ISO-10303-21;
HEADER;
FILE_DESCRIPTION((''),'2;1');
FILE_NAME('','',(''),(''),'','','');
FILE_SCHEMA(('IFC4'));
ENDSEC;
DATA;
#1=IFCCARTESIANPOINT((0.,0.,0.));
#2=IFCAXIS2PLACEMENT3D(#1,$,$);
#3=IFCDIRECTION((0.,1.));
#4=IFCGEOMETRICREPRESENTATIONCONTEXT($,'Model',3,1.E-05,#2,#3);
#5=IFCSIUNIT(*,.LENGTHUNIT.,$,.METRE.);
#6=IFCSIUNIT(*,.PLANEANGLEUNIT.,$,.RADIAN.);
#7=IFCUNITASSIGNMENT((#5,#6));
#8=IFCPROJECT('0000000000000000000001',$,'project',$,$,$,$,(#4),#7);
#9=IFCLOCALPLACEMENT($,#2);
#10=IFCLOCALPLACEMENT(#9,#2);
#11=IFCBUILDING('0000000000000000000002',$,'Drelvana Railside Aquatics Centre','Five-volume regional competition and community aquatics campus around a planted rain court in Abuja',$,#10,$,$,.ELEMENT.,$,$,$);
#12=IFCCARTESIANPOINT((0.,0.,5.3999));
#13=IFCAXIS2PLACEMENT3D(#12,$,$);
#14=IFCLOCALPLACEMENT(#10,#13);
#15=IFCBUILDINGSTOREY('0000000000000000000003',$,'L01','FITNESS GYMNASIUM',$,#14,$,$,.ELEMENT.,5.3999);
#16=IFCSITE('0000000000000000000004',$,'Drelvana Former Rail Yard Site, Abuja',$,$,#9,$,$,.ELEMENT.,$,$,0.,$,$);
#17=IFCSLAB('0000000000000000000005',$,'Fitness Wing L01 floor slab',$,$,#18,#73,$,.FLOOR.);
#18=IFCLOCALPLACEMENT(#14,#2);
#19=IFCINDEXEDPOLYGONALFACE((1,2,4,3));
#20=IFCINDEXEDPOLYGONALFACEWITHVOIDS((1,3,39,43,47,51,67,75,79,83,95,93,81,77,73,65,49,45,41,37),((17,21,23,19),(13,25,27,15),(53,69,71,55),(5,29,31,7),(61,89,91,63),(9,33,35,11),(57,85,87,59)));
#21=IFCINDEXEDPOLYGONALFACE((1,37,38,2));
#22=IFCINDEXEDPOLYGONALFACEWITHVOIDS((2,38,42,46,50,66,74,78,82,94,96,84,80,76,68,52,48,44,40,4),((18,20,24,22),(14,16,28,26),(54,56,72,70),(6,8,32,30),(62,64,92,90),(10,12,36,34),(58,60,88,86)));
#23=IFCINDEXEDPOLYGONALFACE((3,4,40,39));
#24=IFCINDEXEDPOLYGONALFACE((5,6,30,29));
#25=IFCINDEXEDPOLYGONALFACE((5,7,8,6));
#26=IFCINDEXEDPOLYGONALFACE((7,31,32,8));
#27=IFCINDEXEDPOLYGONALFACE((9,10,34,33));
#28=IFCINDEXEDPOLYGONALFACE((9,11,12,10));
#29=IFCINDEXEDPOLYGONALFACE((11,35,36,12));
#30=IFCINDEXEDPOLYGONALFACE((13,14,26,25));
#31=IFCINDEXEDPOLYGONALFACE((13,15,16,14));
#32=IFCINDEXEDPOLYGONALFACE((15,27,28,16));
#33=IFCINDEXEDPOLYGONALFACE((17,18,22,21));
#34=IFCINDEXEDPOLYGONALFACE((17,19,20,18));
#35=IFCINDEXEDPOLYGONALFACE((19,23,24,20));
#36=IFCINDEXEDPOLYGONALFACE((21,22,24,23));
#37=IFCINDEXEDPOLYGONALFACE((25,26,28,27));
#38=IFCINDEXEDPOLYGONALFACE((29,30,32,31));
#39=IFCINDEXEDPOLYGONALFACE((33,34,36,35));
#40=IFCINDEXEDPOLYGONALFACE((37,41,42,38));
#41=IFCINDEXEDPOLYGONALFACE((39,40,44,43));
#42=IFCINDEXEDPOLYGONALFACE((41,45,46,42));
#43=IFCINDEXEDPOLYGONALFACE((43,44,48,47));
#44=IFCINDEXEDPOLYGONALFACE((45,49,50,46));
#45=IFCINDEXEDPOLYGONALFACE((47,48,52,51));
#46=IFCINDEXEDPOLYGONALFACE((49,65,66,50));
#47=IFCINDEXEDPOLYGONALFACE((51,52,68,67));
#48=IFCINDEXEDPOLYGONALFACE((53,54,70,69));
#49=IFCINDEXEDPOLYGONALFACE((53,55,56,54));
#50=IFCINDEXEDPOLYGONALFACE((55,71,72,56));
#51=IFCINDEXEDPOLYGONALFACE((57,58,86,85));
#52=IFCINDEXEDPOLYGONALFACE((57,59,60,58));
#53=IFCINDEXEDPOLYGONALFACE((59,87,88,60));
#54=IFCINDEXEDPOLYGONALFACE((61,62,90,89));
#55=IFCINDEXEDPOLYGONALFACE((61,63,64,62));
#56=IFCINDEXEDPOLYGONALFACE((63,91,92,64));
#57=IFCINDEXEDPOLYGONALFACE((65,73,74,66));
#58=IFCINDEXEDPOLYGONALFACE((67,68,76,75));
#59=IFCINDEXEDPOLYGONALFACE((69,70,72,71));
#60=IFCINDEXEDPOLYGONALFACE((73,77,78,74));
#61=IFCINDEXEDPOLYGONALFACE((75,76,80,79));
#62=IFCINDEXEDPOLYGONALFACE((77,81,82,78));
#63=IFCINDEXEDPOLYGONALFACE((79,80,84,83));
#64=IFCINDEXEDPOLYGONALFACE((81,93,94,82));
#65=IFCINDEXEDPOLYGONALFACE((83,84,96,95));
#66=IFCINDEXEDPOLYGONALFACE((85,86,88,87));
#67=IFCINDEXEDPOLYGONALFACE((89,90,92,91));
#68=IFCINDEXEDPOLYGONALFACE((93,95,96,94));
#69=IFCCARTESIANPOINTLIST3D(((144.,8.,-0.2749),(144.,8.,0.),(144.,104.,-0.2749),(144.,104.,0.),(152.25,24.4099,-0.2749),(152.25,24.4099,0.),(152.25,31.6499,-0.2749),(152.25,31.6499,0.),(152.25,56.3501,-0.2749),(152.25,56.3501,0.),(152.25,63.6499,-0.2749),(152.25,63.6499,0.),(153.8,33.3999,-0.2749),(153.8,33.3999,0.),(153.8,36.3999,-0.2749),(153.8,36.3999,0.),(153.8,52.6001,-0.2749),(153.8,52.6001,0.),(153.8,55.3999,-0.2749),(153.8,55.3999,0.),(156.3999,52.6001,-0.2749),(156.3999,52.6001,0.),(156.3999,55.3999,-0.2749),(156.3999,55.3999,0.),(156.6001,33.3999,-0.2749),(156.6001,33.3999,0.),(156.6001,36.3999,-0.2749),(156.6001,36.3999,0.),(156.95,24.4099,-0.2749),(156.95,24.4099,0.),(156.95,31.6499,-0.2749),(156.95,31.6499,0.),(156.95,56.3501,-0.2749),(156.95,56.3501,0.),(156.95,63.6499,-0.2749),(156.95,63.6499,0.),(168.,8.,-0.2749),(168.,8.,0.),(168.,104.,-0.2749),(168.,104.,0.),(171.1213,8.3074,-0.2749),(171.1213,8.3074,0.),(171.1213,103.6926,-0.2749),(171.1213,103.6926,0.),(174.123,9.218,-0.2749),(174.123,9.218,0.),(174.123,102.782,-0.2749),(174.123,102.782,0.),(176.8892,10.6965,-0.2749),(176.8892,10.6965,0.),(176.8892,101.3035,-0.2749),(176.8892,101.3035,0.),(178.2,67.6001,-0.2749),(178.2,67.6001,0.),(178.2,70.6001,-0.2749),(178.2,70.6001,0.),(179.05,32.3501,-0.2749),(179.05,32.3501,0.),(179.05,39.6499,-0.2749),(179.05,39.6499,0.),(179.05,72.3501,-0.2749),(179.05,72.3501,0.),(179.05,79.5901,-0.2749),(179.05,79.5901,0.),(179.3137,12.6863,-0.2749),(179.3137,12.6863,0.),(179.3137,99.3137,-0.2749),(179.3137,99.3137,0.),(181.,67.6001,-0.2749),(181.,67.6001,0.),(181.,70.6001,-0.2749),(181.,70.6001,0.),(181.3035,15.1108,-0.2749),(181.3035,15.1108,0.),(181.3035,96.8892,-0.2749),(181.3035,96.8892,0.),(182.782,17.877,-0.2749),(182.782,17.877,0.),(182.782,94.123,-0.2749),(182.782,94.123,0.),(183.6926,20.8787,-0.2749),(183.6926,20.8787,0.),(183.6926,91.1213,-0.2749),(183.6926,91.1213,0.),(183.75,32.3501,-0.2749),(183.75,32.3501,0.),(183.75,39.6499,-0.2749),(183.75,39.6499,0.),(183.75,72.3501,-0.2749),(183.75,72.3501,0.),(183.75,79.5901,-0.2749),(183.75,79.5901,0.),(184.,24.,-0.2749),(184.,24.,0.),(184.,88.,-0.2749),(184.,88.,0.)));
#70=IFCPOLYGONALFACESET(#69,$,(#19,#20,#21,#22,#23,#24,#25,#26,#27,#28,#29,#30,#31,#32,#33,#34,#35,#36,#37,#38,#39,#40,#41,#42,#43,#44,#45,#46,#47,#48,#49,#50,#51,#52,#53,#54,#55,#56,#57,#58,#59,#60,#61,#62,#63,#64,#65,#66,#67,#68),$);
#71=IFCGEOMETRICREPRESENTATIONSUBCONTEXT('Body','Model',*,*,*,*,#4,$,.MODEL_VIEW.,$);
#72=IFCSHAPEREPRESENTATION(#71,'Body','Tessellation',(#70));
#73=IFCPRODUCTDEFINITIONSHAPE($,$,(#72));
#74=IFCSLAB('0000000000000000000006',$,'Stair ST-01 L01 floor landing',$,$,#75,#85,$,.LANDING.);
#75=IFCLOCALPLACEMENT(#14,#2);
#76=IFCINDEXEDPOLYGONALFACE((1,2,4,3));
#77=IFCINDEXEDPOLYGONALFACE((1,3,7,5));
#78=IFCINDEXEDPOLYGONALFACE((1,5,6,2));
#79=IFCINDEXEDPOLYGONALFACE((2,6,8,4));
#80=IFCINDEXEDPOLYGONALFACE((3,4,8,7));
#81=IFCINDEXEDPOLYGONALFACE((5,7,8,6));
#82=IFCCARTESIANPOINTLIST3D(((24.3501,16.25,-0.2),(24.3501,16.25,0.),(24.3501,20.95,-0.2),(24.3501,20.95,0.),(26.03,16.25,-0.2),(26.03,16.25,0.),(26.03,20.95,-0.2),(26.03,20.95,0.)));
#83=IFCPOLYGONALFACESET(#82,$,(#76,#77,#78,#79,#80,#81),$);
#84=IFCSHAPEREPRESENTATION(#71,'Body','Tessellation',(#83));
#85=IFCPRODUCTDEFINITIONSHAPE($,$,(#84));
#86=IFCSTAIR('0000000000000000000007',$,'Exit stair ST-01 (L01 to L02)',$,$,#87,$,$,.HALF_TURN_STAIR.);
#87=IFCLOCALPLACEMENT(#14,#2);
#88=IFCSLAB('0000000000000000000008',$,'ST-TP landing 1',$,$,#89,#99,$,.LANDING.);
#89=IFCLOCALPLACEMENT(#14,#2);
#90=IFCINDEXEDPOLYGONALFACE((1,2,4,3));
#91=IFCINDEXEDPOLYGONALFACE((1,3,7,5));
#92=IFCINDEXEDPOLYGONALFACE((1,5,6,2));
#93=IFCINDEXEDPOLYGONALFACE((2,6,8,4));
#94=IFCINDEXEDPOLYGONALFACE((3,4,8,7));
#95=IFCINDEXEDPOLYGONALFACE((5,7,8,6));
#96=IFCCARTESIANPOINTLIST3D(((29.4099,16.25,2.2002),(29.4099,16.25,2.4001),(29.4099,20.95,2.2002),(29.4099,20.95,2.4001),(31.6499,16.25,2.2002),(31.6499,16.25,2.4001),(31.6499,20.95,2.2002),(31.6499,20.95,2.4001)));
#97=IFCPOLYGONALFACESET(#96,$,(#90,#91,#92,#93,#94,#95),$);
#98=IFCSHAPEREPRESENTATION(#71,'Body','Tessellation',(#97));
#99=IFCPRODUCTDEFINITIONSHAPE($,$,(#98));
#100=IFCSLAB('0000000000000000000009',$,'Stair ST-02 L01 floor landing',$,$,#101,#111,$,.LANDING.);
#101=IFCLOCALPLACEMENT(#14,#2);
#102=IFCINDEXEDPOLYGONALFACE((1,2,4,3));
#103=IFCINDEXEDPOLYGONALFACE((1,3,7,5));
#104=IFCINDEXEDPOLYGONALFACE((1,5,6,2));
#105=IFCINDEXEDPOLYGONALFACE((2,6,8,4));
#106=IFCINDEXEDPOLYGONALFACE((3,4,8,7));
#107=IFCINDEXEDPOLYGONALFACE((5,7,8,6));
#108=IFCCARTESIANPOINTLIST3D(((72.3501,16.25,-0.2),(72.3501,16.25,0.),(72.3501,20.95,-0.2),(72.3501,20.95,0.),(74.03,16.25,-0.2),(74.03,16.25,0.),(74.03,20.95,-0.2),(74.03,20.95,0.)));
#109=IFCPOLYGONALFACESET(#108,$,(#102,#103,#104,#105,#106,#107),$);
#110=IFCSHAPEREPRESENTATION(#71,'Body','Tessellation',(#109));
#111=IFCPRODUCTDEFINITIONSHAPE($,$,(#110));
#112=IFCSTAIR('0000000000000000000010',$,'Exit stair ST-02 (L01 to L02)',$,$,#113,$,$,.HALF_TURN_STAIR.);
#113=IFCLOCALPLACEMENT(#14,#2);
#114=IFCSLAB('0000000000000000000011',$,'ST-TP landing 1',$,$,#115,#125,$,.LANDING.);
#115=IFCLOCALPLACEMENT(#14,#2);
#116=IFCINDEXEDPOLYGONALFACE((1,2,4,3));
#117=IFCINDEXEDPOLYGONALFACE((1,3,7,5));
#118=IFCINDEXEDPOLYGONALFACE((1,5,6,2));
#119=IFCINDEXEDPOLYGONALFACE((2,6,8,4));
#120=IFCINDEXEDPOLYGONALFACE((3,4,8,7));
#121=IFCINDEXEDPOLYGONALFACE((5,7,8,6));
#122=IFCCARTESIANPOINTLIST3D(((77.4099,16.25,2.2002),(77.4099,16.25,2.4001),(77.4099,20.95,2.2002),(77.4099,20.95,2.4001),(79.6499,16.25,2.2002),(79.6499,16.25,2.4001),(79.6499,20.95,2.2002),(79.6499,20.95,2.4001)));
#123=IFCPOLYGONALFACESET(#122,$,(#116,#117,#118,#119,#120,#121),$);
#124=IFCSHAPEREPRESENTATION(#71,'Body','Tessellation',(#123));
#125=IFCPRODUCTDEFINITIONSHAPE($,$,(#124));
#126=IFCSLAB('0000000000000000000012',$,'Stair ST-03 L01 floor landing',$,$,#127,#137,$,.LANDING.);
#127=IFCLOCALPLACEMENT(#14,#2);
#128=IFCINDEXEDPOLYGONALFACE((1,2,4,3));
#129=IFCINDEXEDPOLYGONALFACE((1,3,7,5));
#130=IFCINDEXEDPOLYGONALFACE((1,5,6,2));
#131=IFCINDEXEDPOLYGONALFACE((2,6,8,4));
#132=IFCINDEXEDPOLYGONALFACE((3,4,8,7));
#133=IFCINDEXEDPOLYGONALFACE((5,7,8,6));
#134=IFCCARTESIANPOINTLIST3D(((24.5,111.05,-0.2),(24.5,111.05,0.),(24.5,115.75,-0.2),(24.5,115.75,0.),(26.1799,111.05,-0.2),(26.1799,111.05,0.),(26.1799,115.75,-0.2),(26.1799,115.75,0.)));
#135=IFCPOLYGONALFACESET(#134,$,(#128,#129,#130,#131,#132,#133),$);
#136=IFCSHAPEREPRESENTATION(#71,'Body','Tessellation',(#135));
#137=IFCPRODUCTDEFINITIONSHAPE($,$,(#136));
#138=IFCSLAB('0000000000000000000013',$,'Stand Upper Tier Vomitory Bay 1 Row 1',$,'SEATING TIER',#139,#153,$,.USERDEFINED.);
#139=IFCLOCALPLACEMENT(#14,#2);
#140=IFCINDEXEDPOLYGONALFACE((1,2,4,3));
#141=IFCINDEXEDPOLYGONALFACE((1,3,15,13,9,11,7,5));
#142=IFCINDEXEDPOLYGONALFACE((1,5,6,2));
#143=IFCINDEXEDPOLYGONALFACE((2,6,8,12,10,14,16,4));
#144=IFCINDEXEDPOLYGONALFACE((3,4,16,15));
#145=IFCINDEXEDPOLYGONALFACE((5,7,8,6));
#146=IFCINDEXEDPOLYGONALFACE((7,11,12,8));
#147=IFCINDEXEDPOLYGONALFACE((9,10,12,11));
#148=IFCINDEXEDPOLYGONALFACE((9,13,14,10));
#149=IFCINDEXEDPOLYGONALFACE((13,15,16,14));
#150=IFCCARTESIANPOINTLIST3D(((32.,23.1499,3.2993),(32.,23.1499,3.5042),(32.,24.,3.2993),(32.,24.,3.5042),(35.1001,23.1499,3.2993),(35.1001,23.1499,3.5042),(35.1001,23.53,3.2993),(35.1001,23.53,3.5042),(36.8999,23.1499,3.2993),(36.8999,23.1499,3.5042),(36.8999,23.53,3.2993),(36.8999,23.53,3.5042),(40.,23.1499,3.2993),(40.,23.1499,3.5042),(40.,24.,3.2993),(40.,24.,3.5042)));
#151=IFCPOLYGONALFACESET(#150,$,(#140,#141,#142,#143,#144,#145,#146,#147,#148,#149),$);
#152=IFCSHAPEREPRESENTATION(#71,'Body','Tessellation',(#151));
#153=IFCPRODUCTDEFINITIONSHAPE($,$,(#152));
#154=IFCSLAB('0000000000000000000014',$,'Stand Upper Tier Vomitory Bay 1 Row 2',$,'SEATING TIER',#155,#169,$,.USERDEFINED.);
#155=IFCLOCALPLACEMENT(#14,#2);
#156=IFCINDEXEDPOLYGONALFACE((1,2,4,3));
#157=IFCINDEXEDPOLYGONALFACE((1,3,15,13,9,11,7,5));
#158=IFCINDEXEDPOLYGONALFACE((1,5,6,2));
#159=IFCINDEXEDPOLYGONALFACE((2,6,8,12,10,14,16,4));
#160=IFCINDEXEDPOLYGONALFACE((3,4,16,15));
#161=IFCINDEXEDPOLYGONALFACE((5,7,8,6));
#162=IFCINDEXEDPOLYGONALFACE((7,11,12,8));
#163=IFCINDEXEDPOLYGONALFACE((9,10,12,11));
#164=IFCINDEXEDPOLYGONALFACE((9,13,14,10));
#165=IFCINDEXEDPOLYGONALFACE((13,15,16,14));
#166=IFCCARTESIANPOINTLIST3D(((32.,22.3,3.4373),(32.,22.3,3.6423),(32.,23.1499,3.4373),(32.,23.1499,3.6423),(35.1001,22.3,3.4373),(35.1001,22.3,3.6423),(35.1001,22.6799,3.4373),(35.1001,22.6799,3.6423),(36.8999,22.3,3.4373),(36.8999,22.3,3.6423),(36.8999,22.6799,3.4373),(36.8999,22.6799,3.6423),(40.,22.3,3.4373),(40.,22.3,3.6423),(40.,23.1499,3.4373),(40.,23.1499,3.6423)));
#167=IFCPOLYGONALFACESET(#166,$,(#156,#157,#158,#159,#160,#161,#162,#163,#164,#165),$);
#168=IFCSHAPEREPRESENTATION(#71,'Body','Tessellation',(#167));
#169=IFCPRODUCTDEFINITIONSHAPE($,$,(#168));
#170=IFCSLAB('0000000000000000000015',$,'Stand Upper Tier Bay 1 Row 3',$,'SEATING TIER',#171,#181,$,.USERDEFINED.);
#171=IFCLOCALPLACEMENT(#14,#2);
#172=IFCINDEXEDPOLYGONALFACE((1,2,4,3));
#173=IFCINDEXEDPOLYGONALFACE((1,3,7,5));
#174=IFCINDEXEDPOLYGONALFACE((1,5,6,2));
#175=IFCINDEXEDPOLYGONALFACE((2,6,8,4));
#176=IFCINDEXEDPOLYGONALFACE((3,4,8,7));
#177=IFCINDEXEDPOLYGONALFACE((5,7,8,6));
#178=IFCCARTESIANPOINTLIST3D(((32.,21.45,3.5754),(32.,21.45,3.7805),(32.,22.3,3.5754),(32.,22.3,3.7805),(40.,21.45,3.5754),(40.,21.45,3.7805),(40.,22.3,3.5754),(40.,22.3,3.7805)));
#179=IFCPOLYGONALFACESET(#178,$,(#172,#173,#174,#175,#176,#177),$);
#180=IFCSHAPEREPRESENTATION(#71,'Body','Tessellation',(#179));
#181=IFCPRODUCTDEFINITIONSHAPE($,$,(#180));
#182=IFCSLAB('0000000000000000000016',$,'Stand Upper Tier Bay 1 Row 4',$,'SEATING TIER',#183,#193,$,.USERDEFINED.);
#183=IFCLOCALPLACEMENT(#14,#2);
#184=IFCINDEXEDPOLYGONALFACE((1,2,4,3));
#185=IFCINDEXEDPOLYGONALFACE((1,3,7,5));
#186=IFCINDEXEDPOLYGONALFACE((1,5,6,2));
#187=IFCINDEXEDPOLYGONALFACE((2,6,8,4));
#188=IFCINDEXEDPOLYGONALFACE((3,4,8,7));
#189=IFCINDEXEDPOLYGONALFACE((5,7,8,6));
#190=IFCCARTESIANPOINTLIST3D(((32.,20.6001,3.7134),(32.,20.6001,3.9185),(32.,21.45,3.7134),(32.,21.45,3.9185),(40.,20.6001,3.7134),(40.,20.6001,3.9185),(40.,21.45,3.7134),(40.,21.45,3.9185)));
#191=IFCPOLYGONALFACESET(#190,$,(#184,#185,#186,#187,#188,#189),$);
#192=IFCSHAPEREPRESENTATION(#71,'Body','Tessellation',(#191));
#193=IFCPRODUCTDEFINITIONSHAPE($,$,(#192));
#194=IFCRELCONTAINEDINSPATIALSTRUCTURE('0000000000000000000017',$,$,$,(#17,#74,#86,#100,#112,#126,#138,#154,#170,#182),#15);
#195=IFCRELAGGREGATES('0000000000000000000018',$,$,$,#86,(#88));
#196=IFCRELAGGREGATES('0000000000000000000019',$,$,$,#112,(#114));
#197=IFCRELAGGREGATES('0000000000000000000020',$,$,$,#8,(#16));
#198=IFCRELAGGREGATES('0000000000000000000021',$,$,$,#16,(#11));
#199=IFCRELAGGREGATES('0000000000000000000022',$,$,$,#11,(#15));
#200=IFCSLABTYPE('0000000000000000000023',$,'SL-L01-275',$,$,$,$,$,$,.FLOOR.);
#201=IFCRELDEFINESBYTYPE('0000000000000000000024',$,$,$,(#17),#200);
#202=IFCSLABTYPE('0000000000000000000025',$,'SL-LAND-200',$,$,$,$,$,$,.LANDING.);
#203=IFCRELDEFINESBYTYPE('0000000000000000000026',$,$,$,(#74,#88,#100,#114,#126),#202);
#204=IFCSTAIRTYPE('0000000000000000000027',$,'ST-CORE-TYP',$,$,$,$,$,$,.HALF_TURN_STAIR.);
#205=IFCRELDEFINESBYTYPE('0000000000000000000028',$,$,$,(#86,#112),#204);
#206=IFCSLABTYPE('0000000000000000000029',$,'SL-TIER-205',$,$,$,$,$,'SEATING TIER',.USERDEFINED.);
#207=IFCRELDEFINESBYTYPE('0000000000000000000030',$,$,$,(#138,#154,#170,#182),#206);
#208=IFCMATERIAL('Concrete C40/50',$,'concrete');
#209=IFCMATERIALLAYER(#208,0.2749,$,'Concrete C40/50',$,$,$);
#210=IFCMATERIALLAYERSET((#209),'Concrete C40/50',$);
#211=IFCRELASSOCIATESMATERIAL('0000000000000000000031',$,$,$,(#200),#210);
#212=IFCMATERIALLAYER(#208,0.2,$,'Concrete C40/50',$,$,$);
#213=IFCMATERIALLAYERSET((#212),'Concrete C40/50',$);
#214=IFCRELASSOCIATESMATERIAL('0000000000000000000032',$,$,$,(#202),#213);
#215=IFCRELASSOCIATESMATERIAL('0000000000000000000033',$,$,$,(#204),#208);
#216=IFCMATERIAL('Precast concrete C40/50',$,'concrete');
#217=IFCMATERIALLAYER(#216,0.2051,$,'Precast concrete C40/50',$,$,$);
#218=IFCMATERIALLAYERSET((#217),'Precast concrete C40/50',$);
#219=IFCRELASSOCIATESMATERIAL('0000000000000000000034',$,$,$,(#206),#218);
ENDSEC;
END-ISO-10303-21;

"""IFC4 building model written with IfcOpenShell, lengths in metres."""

from ifc_helpers import new_model, si_unit, direction, frame, origin, place, context, subcontext, project, spatial, polyline, outline, extrude, material, layer, layer_set, type_object, element, aggregate, save


model = new_model("IFC4")

# Units and contexts
model_context = context("Model", 3, precision=1e-05, world=origin(), true_north=direction((0.0, 1.0)))
body_context = subcontext(model_context, "Body", "Model", "MODEL_VIEW")
ifc_project = project(units=[si_unit("LENGTHUNIT", "METRE"), si_unit("PLANEANGLEUNIT", "RADIAN")], contexts=[model_context])

# Site, building, storey
site_placement = place(None, origin())
site = spatial("IfcSite", under=ifc_project, at=site_placement, Name="Drelvana Former Rail Yard Site, Abuja", CompositionType="ELEMENT", RefElevation=0.0)
building_placement = place(site_placement, origin())
building = spatial("IfcBuilding", under=site, at=building_placement, Name="Drelvana Railside Aquatics Centre", Description="Five-volume regional competition and community aquatics campus around a planted rain court in Abuja", CompositionType="ELEMENT")
storey_placement = place(building_placement, frame((0.0, 0.0, 5.3999)))
storey = spatial("IfcBuildingStorey", under=building, at=storey_placement, Name="L01", Description="FITNESS GYMNASIUM", CompositionType="ELEMENT", Elevation=5.3999)

# Slabs
ifc_material_1 = material(Name="Concrete C40/50", Category="concrete")
ifc_layer_1 = layer(ifc_material_1, 0.2749, Name="Concrete C40/50")
ifc_layer_set_1 = layer_set([ifc_layer_1], Name="Concrete C40/50")
slab_type_1 = type_object("IfcSlabType", Name="SL-L01-275", PredefinedType="FLOOR", material=ifc_layer_set_1)
slab_1_placement = place(storey_placement, frame((0.0, 0.0, -0.2749)))
element("IfcSlab", 1, at=slab_1_placement, inside=storey, type_object=slab_type_1, Name="Fitness Wing L01 floor slab", PredefinedType="FLOOR", context=body_context, shape_type="SweptSolid", body=[
    extrude(outline(polyline([(144.0, 8.0), (168.0, 8.0), (171.1213, 8.3074), (174.123, 9.218), (176.8892, 10.6965), (179.3137, 12.6863), (181.3035, 15.1108), (182.782, 17.877), (183.6926, 20.8787), (184.0, 24.0), (184.0, 88.0), (183.6926, 91.1213), (182.782, 94.123), (181.3035, 96.8892), (179.3137, 99.3137), (176.8892, 101.3035), (174.123, 102.782), (171.1213, 103.6926), (168.0, 104.0), (144.0, 104.0), (144.0, 8.0)]), holes=[polyline([(152.25, 24.4099), (156.95, 24.4099), (156.95, 31.6499), (152.25, 31.6499), (152.25, 24.4099)]), polyline([(153.8, 33.3999), (156.6001, 33.3999), (156.6001, 36.3999), (153.8, 36.3999), (153.8, 33.3999)]), polyline([(179.05, 72.3501), (183.75, 72.3501), (183.75, 79.5901), (179.05, 79.5901), (179.05, 72.3501)]), polyline([(178.2, 67.6001), (181.0, 67.6001), (181.0, 70.6001), (178.2, 70.6001), (178.2, 67.6001)]), polyline([(152.25, 56.3501), (156.95, 56.3501), (156.95, 63.6499), (152.25, 63.6499), (152.25, 56.3501)]), polyline([(153.8, 52.6001), (156.3999, 52.6001), (156.3999, 55.3999), (153.8, 55.3999), (153.8, 52.6001)]), polyline([(179.05, 32.3501), (183.75, 32.3501), (183.75, 39.6499), (179.05, 39.6499), (179.05, 32.3501)])]), origin(), (0.0, 0.0, 1.0), 0.2749),
])
ifc_layer_2 = layer(ifc_material_1, 0.2, Name="Concrete C40/50")
ifc_layer_set_2 = layer_set([ifc_layer_2], Name="Concrete C40/50")
slab_type_2 = type_object("IfcSlabType", Name="SL-LAND-200", PredefinedType="LANDING", material=ifc_layer_set_2)
slab_2_placement = place(storey_placement, frame((0.0, 0.0, -0.2)))
element("IfcSlab", 2, at=slab_2_placement, inside=storey, type_object=slab_type_2, Name="Stair ST-01 L01 floor landing", PredefinedType="LANDING", context=body_context, shape_type="SweptSolid", body=[
    extrude(outline(polyline([(24.3501, 16.25), (26.03, 16.25), (26.03, 20.95), (24.3501, 20.95), (24.3501, 16.25)])), origin(), (0.0, 0.0, 1.0), 0.2),
])

# Stair, slab
stair_type = type_object("IfcStairType", Name="ST-CORE-TYP", PredefinedType="HALF_TURN_STAIR", material=ifc_material_1)
stair_1_placement = place(storey_placement, origin())
stair_1 = element("IfcStair", 3, at=stair_1_placement, inside=storey, type_object=stair_type, Name="Exit stair ST-01 (L01 to L02)", PredefinedType="HALF_TURN_STAIR")
slab_3_placement = place(storey_placement, frame((0.0, 0.0, 2.2002)))
slab_3 = element("IfcSlab", 4, at=slab_3_placement, type_object=slab_type_2, Name="ST-TP landing 1", PredefinedType="LANDING", context=body_context, shape_type="SweptSolid", body=[
    extrude(outline(polyline([(29.4099, 16.25), (31.6499, 16.25), (31.6499, 20.95), (29.4099, 20.95), (29.4099, 16.25)])), origin(), (0.0, 0.0, 1.0), 0.2),
])
aggregate(stair_1, [slab_3])

# Slab
slab_4_placement = place(storey_placement, frame((0.0, 0.0, -0.2)))
element("IfcSlab", 5, at=slab_4_placement, inside=storey, type_object=slab_type_2, Name="Stair ST-02 L01 floor landing", PredefinedType="LANDING", context=body_context, shape_type="SweptSolid", body=[
    extrude(outline(polyline([(72.3501, 16.25), (74.03, 16.25), (74.03, 20.95), (72.3501, 20.95), (72.3501, 16.25)])), origin(), (0.0, 0.0, 1.0), 0.2),
])

# Stair, slab
stair_2_placement = place(storey_placement, origin())
stair_2 = element("IfcStair", 6, at=stair_2_placement, inside=storey, type_object=stair_type, Name="Exit stair ST-02 (L01 to L02)", PredefinedType="HALF_TURN_STAIR")
slab_5_placement = place(storey_placement, frame((0.0, 0.0, 2.2002)))
slab_5 = element("IfcSlab", 7, at=slab_5_placement, type_object=slab_type_2, Name="ST-TP landing 1", PredefinedType="LANDING", context=body_context, shape_type="SweptSolid", body=[
    extrude(outline(polyline([(77.4099, 16.25), (79.6499, 16.25), (79.6499, 20.95), (77.4099, 20.95), (77.4099, 16.25)])), origin(), (0.0, 0.0, 1.0), 0.2),
])
aggregate(stair_2, [slab_5])

# Slabs
slab_6_placement = place(storey_placement, frame((0.0, 0.0, -0.2)))
element("IfcSlab", 8, at=slab_6_placement, inside=storey, type_object=slab_type_2, Name="Stair ST-03 L01 floor landing", PredefinedType="LANDING", context=body_context, shape_type="SweptSolid", body=[
    extrude(outline(polyline([(24.5, 111.05), (26.1799, 111.05), (26.1799, 115.75), (24.5, 115.75), (24.5, 111.05)])), origin(), (0.0, 0.0, 1.0), 0.2),
])
ifc_material_2 = material(Name="Precast concrete C40/50", Category="concrete")
ifc_layer_3 = layer(ifc_material_2, 0.2051, Name="Precast concrete C40/50")
ifc_layer_set_3 = layer_set([ifc_layer_3], Name="Precast concrete C40/50")
slab_type_3 = type_object("IfcSlabType", Name="SL-TIER-205", ElementType="SEATING TIER", PredefinedType="USERDEFINED", material=ifc_layer_set_3)
slab_7_placement = place(storey_placement, frame((0.0, 0.0, 3.2993)))
element("IfcSlab", 9, at=slab_7_placement, inside=storey, type_object=slab_type_3, Name="Stand Upper Tier Vomitory Bay 1 Row 1", ObjectType="SEATING TIER", PredefinedType="USERDEFINED", context=body_context, shape_type="SweptSolid", body=[
    extrude(outline(polyline([(32.0, 23.1499), (35.1001, 23.1499), (35.1001, 23.53), (36.8999, 23.53), (36.8999, 23.1499), (40.0, 23.1499), (40.0, 24.0), (32.0, 24.0), (32.0, 23.1499)])), origin(), (0.0, 0.0, 1.0), 0.2048),
])
slab_8_placement = place(storey_placement, frame((0.0, 0.0, 3.4373)))
element("IfcSlab", 10, at=slab_8_placement, inside=storey, type_object=slab_type_3, Name="Stand Upper Tier Vomitory Bay 1 Row 2", ObjectType="SEATING TIER", PredefinedType="USERDEFINED", context=body_context, shape_type="SweptSolid", body=[
    extrude(outline(polyline([(32.0, 22.3), (35.1001, 22.3), (35.1001, 22.6799), (36.8999, 22.6799), (36.8999, 22.3), (40.0, 22.3), (40.0, 23.1499), (32.0, 23.1499), (32.0, 22.3)])), origin(), (0.0, 0.0, 1.0), 0.2051),
])
slab_9_placement = place(storey_placement, frame((0.0, 0.0, 3.5754)))
element("IfcSlab", 11, at=slab_9_placement, inside=storey, type_object=slab_type_3, Name="Stand Upper Tier Bay 1 Row 3", ObjectType="SEATING TIER", PredefinedType="USERDEFINED", context=body_context, shape_type="SweptSolid", body=[
    extrude(outline(polyline([(32.0, 21.45), (40.0, 21.45), (40.0, 22.3), (32.0, 22.3), (32.0, 21.45)])), origin(), (0.0, 0.0, 1.0), 0.2051),
])
slab_10_placement = place(storey_placement, frame((0.0, 0.0, 3.7134)))
element("IfcSlab", 12, at=slab_10_placement, inside=storey, type_object=slab_type_3, Name="Stand Upper Tier Bay 1 Row 4", ObjectType="SEATING TIER", PredefinedType="USERDEFINED", context=body_context, shape_type="SweptSolid", body=[
    extrude(outline(polyline([(32.0, 20.6001), (40.0, 20.6001), (40.0, 21.45), (32.0, 21.45), (32.0, 20.6001)])), origin(), (0.0, 0.0, 1.0), 0.2051),
])

save(model, "model.ifc")
